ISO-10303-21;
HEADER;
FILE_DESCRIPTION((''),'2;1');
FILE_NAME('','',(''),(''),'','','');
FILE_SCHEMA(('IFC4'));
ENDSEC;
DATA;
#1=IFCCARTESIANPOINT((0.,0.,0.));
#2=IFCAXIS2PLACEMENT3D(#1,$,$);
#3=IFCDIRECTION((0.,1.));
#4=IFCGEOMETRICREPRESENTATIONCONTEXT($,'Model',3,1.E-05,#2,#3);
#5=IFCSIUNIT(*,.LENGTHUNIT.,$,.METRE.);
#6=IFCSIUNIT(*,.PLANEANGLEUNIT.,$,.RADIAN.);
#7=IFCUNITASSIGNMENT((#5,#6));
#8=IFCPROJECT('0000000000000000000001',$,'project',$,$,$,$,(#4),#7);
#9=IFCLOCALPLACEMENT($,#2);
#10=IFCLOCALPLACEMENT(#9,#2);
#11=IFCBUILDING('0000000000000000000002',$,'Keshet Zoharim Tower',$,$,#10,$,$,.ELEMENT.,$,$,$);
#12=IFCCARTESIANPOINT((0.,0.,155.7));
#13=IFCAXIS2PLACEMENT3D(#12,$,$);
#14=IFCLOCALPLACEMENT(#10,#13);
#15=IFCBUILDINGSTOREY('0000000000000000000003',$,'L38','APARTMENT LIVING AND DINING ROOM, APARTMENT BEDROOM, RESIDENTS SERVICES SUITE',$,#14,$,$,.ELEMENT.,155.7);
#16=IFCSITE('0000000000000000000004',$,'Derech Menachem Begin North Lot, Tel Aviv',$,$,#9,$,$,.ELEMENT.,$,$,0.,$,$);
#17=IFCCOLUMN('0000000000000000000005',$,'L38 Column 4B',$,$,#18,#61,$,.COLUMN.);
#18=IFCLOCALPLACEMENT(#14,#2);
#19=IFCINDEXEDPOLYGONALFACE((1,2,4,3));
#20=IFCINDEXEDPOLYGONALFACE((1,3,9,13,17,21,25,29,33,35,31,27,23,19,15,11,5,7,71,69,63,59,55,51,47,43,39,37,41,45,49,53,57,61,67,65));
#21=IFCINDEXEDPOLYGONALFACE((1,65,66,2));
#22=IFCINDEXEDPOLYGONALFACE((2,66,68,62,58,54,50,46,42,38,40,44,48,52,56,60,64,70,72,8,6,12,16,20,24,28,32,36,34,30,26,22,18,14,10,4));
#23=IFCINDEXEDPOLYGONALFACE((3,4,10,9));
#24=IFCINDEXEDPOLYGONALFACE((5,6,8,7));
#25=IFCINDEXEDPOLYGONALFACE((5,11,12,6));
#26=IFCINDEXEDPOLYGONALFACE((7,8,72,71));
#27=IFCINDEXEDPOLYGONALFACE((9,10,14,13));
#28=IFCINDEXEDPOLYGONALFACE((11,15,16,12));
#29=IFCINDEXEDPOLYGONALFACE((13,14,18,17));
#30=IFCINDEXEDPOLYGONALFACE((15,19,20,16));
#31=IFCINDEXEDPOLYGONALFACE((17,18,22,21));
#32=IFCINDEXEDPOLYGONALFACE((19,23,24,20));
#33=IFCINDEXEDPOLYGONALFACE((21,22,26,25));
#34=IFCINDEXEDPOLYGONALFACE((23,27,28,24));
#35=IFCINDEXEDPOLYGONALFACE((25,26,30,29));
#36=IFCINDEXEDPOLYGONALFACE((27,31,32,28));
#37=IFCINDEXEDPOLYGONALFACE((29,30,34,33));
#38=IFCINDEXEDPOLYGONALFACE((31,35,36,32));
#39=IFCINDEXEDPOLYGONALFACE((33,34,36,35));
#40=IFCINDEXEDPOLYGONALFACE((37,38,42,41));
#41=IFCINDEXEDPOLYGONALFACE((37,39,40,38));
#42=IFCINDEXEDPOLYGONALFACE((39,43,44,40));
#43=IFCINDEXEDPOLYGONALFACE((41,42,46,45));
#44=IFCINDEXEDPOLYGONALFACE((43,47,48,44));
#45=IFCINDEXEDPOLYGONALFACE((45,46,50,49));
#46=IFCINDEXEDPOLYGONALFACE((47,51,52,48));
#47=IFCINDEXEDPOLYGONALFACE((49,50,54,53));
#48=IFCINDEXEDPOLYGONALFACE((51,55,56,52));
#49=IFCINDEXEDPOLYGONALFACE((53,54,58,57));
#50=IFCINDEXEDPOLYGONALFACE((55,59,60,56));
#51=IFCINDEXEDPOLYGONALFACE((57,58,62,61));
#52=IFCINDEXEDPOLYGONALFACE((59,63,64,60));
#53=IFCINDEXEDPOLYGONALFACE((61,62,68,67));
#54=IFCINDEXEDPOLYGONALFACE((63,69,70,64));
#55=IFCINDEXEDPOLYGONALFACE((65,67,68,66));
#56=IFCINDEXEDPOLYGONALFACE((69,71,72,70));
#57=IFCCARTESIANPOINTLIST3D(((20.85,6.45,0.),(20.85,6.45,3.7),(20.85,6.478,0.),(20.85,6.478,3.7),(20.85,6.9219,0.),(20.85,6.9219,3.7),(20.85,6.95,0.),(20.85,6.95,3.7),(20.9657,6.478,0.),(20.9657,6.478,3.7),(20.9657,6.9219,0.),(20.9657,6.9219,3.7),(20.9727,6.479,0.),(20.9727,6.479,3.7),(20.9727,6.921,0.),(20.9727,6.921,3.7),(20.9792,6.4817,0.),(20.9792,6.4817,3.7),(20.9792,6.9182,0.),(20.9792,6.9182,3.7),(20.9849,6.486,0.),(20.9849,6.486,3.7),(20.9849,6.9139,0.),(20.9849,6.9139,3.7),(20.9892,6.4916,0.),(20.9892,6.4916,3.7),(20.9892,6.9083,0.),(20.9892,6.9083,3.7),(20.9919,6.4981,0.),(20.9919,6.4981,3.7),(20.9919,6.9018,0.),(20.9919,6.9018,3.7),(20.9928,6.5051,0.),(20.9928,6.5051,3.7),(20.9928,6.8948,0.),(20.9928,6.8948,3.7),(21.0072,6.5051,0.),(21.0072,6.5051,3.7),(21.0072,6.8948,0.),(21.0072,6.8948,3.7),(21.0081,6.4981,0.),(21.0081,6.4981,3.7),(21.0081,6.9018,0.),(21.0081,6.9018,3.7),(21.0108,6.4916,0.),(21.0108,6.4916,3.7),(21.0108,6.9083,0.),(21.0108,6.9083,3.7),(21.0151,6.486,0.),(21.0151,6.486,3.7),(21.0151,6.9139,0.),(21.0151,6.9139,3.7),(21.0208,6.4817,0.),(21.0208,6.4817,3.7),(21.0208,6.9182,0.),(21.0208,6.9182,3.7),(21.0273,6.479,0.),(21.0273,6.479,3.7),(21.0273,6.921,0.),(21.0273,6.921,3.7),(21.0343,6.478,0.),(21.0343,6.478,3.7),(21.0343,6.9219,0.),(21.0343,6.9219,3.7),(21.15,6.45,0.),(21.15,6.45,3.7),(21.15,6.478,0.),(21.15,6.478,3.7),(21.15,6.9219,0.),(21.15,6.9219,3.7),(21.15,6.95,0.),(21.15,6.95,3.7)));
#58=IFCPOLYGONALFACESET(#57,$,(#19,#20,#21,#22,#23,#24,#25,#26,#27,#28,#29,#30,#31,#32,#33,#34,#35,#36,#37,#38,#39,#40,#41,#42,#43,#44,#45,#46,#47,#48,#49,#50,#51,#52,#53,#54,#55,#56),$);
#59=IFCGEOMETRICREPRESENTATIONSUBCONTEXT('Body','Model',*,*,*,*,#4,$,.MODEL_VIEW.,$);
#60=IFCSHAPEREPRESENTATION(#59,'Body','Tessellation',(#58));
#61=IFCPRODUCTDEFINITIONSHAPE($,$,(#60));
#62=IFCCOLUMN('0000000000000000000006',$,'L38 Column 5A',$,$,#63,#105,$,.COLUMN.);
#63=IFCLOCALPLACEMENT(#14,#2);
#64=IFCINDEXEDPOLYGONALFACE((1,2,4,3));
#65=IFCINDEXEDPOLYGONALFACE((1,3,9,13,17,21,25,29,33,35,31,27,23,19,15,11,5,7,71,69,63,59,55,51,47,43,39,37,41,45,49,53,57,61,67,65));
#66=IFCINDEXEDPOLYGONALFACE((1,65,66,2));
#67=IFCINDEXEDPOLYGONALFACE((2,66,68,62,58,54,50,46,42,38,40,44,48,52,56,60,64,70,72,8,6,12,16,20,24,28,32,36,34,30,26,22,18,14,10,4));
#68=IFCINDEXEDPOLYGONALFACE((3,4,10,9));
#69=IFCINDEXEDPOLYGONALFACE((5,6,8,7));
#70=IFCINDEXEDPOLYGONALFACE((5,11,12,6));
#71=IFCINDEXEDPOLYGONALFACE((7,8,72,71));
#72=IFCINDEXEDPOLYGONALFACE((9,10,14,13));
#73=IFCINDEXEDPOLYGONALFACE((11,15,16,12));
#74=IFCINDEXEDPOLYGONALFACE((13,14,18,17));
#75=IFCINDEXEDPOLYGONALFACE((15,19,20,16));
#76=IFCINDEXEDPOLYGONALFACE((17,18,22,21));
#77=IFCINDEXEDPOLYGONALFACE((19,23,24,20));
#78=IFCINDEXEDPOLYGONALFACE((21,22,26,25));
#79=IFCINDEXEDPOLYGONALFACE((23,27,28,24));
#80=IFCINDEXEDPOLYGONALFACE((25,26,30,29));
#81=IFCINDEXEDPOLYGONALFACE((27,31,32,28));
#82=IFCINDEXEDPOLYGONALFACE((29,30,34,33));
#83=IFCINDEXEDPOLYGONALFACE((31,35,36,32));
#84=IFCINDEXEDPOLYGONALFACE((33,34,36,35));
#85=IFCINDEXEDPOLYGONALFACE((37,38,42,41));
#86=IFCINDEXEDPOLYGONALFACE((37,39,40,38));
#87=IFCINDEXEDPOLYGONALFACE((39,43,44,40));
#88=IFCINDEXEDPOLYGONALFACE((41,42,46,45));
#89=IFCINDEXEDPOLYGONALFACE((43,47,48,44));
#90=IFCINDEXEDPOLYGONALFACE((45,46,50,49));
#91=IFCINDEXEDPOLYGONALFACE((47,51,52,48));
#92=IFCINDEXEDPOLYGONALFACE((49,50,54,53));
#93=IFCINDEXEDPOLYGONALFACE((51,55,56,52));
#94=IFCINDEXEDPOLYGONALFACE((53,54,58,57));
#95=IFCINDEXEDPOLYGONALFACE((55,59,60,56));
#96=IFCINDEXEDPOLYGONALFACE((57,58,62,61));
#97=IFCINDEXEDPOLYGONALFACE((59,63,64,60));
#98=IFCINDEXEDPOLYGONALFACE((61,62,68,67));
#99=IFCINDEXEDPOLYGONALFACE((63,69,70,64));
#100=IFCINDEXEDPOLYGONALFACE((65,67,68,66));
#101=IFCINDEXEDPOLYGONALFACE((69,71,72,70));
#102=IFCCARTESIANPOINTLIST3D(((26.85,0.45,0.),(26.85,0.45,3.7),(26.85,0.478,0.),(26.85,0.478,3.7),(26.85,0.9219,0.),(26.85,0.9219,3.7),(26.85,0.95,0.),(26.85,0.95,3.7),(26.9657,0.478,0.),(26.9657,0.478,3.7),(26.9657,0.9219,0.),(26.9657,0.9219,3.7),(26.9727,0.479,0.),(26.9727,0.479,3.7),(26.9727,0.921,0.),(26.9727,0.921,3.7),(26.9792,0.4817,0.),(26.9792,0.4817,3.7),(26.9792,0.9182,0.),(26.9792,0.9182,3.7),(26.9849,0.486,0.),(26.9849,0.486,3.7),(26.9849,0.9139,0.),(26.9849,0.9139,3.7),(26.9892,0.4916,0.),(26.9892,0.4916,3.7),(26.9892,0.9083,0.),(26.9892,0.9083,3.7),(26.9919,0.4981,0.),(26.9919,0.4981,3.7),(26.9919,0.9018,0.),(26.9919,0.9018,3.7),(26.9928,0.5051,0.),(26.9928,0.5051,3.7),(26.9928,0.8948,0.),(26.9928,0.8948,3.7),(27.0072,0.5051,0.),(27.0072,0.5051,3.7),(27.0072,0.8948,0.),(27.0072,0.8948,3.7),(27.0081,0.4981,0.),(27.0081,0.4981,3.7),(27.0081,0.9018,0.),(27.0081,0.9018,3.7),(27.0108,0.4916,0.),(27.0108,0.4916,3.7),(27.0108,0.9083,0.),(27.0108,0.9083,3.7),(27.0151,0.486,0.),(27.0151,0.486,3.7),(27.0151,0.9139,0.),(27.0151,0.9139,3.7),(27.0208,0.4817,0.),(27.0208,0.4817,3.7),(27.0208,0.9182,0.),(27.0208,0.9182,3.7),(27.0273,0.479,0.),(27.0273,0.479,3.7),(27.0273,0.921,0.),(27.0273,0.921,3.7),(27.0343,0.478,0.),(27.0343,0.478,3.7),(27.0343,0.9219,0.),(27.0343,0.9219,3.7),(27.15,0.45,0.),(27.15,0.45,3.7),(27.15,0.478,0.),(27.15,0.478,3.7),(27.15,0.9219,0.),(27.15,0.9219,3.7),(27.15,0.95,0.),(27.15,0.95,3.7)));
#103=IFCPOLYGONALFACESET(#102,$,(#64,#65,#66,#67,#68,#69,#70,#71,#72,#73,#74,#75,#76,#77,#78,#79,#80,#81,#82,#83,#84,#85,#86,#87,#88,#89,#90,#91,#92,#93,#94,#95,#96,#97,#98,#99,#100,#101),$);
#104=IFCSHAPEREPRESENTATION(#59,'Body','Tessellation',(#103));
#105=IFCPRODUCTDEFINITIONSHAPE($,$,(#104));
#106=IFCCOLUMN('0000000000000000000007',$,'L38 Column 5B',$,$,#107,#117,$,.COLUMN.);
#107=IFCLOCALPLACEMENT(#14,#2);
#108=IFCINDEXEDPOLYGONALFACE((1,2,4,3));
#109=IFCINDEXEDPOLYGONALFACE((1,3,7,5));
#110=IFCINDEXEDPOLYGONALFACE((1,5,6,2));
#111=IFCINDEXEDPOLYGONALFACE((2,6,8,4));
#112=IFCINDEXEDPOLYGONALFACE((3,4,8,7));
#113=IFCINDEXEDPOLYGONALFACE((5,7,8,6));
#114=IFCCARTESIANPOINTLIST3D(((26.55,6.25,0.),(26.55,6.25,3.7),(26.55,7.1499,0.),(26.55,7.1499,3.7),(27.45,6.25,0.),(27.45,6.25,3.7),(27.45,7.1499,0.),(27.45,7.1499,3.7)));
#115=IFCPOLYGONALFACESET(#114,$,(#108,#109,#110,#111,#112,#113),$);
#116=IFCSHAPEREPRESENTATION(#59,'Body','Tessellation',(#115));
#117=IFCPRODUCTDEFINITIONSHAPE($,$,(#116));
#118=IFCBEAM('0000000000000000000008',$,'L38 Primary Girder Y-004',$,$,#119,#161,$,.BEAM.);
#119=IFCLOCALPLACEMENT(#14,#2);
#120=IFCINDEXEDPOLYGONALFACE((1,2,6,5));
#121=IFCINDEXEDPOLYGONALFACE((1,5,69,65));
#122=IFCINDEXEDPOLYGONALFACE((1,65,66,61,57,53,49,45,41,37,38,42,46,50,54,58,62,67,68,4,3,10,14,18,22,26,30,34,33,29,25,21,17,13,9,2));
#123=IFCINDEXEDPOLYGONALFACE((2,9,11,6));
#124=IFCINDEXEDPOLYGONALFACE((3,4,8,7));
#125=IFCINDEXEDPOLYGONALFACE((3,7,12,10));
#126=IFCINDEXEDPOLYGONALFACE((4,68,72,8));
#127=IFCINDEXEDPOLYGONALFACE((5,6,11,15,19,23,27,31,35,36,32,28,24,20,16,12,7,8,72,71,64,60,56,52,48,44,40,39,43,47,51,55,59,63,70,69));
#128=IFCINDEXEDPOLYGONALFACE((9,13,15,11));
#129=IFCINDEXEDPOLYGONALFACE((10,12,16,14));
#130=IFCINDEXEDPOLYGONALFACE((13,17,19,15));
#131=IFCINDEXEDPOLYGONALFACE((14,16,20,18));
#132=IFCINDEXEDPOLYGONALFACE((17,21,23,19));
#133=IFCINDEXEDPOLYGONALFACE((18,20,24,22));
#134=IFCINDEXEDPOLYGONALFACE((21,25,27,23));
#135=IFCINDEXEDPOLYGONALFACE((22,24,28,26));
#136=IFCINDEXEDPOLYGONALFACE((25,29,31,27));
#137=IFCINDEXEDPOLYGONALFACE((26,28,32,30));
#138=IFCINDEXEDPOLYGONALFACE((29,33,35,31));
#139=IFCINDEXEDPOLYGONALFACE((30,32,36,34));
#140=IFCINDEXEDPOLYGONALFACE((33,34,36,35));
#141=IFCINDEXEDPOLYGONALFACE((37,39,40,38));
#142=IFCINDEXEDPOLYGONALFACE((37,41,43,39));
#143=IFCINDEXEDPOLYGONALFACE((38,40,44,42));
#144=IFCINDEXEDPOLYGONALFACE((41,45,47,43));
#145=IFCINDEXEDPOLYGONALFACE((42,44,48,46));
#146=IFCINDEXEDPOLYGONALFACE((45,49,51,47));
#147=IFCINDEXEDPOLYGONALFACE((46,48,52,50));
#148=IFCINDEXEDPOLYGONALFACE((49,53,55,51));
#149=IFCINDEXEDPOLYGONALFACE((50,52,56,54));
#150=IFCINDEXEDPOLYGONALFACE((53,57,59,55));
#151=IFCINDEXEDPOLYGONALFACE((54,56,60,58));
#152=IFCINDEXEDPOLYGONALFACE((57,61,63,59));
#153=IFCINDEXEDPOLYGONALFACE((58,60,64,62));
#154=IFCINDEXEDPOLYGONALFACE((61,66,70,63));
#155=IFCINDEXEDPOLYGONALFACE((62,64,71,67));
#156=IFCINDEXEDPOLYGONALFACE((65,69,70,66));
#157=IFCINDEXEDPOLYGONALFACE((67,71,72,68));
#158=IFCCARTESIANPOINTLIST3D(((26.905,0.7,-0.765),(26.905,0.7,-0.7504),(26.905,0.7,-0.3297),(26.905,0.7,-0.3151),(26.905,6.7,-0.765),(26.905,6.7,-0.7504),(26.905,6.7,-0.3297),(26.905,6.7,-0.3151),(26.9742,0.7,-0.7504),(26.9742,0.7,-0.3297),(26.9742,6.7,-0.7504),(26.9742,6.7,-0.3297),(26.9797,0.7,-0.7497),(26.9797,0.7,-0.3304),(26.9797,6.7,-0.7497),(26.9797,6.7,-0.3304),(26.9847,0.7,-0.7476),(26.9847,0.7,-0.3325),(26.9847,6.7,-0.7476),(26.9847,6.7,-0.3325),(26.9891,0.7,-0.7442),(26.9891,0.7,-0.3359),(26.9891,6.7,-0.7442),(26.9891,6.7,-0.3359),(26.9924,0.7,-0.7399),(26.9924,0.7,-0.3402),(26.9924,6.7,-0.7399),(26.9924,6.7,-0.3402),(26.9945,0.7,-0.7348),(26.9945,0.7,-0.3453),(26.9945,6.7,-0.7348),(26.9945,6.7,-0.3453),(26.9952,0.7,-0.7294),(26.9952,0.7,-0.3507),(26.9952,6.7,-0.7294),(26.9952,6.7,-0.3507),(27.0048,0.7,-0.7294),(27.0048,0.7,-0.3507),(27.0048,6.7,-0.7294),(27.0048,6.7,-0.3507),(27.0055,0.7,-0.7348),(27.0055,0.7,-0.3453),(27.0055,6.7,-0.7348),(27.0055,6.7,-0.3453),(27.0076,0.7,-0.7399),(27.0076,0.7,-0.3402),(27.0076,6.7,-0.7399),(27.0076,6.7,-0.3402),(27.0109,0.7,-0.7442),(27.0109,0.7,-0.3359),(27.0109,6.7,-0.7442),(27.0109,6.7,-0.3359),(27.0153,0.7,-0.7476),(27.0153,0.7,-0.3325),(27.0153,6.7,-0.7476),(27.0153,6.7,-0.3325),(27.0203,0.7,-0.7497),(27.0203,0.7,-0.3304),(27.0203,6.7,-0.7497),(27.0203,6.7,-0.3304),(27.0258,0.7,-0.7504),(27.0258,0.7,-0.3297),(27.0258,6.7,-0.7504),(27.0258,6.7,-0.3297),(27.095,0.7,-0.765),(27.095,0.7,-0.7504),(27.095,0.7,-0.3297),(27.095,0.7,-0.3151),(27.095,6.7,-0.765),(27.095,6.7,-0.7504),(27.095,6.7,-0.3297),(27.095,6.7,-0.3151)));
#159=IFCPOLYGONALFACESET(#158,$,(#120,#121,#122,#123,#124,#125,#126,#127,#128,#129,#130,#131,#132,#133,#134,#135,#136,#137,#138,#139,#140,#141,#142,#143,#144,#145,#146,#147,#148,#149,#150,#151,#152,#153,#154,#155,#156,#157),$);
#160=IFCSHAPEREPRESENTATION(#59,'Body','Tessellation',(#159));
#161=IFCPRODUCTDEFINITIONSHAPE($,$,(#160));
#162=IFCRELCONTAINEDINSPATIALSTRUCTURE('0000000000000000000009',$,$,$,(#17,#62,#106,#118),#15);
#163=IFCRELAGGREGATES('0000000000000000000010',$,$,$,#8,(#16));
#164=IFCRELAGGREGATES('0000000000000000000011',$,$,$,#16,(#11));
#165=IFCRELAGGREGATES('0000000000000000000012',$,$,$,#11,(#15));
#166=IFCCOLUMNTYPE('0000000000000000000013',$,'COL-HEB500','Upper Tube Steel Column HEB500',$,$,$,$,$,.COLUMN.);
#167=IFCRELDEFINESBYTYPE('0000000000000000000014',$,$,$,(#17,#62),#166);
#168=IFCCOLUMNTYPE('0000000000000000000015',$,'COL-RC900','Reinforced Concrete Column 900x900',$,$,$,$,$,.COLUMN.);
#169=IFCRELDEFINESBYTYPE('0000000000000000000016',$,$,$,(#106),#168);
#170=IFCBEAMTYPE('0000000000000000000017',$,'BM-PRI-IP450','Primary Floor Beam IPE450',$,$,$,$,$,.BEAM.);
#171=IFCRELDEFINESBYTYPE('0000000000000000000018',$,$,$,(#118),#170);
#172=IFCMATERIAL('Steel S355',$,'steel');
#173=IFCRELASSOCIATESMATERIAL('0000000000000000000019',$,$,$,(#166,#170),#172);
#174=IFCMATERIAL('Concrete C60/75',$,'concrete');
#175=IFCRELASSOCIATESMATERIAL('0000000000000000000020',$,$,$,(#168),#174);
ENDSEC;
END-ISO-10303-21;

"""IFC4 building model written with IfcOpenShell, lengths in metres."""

from ifc_helpers import new_model, si_unit, direction, frame, origin, origin_2d, place, context, subcontext, project, spatial, rectangle, i_section, extrude, material, material_profile, profile_set, type_object, element, save


model = new_model("IFC4")

# Units and contexts
model_context = context("Model", 3, precision=1e-05, world=origin(), true_north=direction((0.0, 1.0)))
body_context = subcontext(model_context, "Body", "Model", "MODEL_VIEW")
ifc_project = project(units=[si_unit("LENGTHUNIT", "METRE"), si_unit("PLANEANGLEUNIT", "RADIAN")], contexts=[model_context])

# Site, building, storey
site_placement = place(None, origin())
site = spatial("IfcSite", under=ifc_project, at=site_placement, Name="Derech Menachem Begin North Lot, Tel Aviv", CompositionType="ELEMENT", RefElevation=0.0)
building_placement = place(site_placement, origin())
building = spatial("IfcBuilding", under=site, at=building_placement, Name="Keshet Zoharim Tower", CompositionType="ELEMENT")
storey_placement = place(building_placement, frame((0.0, 0.0, 155.7)))
storey = spatial("IfcBuildingStorey", under=building, at=storey_placement, Name="L38", Description="APARTMENT LIVING AND DINING ROOM, APARTMENT BEDROOM, RESIDENTS SERVICES SUITE", CompositionType="ELEMENT", Elevation=155.7)

# Columns
ifc_material_1 = material(Name="Steel S355", Category="steel")
ifc_material_profile_1 = material_profile(ifc_material_1, i_section(OverallWidth=0.3, OverallDepth=0.5, WebThickness=0.0144, FlangeThickness=0.0281, FilletRadius=0.0271, at=origin_2d()), Name="HEB500")
ifc_profile_set_1 = profile_set([ifc_material_profile_1], Name="Steel S355")
column_type_1 = type_object("IfcColumnType", Name="COL-HEB500", Description="Upper Tube Steel Column HEB500", PredefinedType="COLUMN", material=ifc_profile_set_1)
for number, where, z_axis, x_axis, name in (
    (1, (21.0, 6.7, 0.0), (0.0, 0.0, 1.0), (1.0, 0.0, 0.0), "L38 Column 4B"),
    (2, (27.0, 0.7, 0.0), (0.0, 0.0, 1.0), (1.0, 0.0, 0.0), "L38 Column 5A"),
):
    element("IfcColumn", number, at=place(storey_placement, frame(where, z_axis=z_axis, x_axis=x_axis)), inside=storey, type_object=column_type_1, Name=name, PredefinedType="COLUMN", context=body_context, shape_type="SweptSolid", body=[
        extrude(i_section(OverallWidth=0.3, OverallDepth=0.5, WebThickness=0.0144, FlangeThickness=0.0281, FilletRadius=0.0271, at=origin_2d()), origin(), (0.0, 0.0, 1.0), 3.7),
    ])
ifc_material_2 = material(Name="Concrete C60/75", Category="concrete")
ifc_material_profile_2 = material_profile(ifc_material_2, rectangle(XDim=0.8999, YDim=0.8999, at=origin_2d()), Name="RC900x900")
ifc_profile_set_2 = profile_set([ifc_material_profile_2], Name="Concrete C60/75")
column_type_2 = type_object("IfcColumnType", Name="COL-RC900", Description="Reinforced Concrete Column 900x900", PredefinedType="COLUMN", material=ifc_profile_set_2)
column_placement = place(storey_placement, frame((27.0, 6.7, 0.0), z_axis=(0.0, 0.0, 1.0), x_axis=(1.0, 0.0, 0.0)))
element("IfcColumn", 3, at=column_placement, inside=storey, type_object=column_type_2, Name="L38 Column 5B", PredefinedType="COLUMN", context=body_context, shape_type="SweptSolid", body=[
    extrude(rectangle(XDim=0.8999, YDim=0.8999, at=origin_2d()), origin(), (0.0, 0.0, 1.0), 3.7),
])

# Beam
ifc_material_profile_3 = material_profile(ifc_material_1, i_section(OverallWidth=0.1899, OverallDepth=0.45, WebThickness=0.0095, FlangeThickness=0.0146, FilletRadius=0.021, at=origin_2d()), Name="IPE450")
ifc_profile_set_3 = profile_set([ifc_material_profile_3], Name="Steel S355")
beam_type_1 = type_object("IfcBeamType", Name="BM-PRI-IP450", Description="Primary Floor Beam IPE450", PredefinedType="BEAM", material=ifc_profile_set_3)
beam_1_placement = place(storey_placement, frame((27.0, 0.7, -0.54), z_axis=(0.0, 1.0, 0.0), x_axis=(-1.0, 0.0, 0.0)))
element("IfcBeam", 4, at=beam_1_placement, inside=storey, type_object=beam_type_1, Name="L38 Primary Girder Y-004", PredefinedType="BEAM", context=body_context, shape_type="SweptSolid", body=[
    extrude(i_section(OverallWidth=0.1899, OverallDepth=0.45, WebThickness=0.0095, FlangeThickness=0.0146, FilletRadius=0.021, at=origin_2d()), origin(), (0.0, 0.0, 1.0), 6.0),
])

save(model, "model.ifc")
